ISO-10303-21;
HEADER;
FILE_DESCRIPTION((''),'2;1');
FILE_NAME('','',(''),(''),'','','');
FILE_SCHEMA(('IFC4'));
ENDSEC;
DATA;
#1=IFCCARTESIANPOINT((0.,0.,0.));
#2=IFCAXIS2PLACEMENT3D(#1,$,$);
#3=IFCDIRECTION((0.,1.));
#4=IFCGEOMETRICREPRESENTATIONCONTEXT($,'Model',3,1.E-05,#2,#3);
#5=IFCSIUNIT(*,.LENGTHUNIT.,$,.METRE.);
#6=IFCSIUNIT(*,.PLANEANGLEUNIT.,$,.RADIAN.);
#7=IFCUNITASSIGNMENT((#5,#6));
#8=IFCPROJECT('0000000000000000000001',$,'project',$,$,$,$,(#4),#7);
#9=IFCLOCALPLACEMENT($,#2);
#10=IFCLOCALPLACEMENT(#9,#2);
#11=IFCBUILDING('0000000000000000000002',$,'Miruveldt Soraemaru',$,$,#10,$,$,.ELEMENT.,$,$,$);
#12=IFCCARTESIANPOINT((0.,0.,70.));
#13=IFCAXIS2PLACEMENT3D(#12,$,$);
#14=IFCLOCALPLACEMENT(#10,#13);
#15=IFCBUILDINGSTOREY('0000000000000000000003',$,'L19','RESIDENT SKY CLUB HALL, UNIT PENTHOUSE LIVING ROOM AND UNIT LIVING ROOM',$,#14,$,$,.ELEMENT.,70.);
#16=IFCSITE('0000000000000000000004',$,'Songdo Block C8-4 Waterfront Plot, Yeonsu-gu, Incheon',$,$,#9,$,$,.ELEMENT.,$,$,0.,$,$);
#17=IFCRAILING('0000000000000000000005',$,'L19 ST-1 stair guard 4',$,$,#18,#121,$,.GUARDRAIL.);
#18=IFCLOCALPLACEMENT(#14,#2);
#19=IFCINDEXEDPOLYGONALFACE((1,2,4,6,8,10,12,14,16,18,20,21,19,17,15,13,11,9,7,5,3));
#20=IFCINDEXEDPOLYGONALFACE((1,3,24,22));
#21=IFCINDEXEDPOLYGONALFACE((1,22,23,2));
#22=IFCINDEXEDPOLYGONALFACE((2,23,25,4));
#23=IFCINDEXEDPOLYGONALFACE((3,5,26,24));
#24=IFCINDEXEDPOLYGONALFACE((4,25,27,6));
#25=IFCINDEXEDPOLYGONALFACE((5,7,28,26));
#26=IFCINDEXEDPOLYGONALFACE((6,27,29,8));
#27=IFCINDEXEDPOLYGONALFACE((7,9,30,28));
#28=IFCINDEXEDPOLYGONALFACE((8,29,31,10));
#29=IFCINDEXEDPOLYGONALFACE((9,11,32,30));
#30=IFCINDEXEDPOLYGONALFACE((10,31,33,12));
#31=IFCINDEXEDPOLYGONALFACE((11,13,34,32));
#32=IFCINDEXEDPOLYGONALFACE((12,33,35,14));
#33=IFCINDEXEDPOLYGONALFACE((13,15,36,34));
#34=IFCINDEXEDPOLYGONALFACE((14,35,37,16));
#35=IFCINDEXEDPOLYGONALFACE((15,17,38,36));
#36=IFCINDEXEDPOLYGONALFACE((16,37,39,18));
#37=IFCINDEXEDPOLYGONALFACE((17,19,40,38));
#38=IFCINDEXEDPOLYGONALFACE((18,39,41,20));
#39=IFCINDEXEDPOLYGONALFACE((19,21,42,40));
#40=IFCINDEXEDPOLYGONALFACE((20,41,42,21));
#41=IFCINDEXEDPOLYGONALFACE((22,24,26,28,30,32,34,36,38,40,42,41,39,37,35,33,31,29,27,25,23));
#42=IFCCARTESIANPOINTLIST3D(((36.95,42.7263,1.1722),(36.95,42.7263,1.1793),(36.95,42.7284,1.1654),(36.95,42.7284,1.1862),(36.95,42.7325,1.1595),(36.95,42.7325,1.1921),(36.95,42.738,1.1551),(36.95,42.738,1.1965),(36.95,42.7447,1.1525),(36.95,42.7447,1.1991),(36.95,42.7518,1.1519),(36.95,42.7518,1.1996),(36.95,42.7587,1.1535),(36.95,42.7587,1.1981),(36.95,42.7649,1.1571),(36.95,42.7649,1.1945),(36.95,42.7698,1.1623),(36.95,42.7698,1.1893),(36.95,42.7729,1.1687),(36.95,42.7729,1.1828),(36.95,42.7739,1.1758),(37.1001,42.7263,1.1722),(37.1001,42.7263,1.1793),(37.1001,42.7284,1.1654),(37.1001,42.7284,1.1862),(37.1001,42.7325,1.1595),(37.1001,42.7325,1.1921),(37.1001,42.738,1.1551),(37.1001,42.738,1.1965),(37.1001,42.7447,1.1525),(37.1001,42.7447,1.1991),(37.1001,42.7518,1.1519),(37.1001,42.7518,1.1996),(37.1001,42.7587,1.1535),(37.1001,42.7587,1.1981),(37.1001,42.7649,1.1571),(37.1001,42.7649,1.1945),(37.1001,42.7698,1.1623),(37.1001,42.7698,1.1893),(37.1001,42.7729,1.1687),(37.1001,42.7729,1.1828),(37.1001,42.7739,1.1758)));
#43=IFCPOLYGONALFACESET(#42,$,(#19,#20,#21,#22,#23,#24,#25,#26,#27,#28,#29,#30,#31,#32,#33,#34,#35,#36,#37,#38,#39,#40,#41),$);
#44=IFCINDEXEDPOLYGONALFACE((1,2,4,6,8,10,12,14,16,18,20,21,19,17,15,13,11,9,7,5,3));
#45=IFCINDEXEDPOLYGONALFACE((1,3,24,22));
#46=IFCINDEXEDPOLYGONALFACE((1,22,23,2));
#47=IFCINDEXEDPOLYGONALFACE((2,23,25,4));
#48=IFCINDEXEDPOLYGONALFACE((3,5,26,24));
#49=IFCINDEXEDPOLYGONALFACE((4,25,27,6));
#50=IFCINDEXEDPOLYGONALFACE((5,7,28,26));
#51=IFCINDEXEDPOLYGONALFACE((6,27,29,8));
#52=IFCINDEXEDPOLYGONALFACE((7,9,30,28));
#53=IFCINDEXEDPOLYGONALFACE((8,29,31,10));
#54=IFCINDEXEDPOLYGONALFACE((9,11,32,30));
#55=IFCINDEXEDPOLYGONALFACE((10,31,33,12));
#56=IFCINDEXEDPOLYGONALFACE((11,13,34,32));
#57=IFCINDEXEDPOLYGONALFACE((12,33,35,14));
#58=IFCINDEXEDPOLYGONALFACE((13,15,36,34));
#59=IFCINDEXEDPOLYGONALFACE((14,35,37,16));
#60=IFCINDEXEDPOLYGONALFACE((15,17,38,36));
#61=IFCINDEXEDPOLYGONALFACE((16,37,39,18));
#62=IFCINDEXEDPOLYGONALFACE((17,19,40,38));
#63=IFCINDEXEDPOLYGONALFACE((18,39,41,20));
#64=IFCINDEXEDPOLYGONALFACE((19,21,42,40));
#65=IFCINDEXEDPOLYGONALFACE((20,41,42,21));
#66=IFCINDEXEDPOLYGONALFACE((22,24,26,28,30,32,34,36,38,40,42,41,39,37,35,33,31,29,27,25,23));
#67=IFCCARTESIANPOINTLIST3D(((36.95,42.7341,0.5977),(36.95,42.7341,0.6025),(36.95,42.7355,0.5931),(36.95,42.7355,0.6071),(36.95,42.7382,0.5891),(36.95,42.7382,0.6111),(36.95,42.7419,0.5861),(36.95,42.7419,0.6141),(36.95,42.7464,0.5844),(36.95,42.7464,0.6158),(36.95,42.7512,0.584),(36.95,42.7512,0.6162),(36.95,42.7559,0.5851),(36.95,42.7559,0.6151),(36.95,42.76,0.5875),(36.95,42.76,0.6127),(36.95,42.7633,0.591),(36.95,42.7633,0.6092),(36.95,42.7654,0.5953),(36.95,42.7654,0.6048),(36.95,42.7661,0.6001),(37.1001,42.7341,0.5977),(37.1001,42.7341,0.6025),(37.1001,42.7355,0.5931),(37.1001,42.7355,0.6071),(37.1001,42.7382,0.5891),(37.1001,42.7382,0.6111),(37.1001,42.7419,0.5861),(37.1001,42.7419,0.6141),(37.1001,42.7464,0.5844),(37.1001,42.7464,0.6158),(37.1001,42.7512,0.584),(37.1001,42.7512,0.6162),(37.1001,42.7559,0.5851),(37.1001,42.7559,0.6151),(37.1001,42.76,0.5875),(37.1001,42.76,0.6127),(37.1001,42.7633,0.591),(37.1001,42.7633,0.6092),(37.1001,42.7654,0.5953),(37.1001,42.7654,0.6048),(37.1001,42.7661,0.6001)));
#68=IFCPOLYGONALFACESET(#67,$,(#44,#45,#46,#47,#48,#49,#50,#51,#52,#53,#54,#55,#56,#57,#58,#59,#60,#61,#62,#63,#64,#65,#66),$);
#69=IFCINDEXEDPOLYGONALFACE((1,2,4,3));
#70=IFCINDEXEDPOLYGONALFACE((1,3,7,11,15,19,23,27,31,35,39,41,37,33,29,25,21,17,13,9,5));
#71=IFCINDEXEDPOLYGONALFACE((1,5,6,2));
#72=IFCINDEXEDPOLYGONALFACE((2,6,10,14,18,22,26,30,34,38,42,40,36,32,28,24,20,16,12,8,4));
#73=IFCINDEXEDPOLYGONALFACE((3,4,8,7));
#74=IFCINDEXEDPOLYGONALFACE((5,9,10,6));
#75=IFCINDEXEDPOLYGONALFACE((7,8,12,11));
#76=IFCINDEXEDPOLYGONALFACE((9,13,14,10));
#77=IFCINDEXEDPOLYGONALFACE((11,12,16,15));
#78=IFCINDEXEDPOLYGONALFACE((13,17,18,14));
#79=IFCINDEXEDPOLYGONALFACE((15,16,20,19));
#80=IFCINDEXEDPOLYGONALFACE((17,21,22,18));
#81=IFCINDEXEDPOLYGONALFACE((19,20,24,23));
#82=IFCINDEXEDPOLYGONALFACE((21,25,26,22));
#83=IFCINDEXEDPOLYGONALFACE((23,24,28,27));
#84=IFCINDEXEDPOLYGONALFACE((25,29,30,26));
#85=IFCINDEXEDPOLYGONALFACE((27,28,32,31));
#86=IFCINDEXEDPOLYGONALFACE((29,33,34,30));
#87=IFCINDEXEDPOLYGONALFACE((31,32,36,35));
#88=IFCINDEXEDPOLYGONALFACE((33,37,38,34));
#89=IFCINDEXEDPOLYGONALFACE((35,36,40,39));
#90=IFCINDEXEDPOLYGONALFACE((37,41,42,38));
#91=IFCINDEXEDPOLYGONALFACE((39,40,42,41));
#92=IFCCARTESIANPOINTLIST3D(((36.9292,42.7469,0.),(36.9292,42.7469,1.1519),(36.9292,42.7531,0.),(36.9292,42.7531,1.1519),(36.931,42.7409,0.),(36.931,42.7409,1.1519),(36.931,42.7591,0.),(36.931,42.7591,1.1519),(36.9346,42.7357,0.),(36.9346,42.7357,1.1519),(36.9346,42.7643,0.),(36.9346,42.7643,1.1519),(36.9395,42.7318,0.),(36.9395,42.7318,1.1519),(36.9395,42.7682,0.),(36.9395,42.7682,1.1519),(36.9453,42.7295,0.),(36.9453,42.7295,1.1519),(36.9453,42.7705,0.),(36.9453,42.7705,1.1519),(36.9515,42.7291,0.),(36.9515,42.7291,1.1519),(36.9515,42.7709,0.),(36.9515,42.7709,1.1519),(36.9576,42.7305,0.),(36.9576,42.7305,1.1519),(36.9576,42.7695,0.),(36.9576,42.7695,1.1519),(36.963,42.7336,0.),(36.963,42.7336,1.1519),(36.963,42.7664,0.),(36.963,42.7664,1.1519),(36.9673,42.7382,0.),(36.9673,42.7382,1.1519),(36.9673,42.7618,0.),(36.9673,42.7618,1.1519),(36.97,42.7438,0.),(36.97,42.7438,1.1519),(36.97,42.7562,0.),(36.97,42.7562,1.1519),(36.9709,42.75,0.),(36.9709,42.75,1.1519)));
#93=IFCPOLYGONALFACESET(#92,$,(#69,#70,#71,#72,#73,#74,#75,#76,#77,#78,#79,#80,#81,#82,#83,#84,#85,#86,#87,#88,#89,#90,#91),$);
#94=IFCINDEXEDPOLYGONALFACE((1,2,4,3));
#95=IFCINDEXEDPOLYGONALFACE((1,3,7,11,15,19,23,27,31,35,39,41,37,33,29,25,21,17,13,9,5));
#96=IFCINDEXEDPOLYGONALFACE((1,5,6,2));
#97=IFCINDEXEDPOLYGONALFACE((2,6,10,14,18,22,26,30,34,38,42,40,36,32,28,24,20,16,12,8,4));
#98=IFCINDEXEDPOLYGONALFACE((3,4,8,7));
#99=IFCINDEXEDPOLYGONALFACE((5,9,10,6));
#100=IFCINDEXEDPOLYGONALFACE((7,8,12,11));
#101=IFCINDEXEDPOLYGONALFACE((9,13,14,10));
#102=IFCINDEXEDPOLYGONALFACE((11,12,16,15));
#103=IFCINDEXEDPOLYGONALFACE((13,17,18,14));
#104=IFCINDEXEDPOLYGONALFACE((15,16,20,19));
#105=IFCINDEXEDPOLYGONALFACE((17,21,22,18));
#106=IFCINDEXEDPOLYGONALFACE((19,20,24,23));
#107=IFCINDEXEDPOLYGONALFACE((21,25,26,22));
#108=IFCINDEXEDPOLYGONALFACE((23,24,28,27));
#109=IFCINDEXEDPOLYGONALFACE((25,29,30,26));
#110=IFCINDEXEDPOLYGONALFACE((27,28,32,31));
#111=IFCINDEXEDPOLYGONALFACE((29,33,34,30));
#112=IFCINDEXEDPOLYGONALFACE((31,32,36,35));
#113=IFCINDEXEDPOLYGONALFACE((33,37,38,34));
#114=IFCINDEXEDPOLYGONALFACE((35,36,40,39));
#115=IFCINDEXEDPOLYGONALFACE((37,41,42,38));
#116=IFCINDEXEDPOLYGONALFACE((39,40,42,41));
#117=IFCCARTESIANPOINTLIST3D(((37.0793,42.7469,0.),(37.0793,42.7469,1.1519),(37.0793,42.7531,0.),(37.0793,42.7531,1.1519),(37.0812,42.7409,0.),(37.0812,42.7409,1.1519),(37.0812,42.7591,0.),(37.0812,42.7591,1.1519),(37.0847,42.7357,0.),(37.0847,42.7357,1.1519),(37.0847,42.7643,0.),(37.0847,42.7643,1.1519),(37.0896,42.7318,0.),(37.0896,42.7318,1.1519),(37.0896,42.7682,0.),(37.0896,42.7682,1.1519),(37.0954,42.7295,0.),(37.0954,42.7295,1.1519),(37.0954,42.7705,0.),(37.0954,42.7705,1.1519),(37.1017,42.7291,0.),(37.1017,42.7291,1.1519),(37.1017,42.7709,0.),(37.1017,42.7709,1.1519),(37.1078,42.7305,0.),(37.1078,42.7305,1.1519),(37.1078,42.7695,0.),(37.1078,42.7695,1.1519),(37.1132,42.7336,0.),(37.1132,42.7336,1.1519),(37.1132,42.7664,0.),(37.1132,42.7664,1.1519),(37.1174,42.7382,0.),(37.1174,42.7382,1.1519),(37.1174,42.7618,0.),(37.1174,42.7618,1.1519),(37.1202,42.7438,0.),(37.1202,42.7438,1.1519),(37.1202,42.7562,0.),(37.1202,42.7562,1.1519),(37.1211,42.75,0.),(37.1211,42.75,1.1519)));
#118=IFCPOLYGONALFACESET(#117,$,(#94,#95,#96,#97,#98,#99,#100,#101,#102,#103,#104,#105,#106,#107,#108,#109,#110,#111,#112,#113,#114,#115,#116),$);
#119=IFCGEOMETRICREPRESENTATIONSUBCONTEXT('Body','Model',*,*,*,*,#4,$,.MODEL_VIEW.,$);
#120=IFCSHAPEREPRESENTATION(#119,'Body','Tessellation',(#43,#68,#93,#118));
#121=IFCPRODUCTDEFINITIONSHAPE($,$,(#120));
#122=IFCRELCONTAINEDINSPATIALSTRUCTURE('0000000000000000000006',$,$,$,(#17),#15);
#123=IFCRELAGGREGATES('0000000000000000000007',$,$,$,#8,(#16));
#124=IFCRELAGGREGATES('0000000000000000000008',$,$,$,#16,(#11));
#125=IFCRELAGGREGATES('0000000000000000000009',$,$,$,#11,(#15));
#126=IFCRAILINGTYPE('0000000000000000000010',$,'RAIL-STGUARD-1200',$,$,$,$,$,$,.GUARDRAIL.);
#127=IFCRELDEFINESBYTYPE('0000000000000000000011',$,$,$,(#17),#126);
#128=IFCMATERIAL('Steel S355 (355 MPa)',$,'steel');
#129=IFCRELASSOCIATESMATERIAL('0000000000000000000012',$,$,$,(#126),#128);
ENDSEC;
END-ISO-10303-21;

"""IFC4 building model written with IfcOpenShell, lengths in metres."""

from ifc_helpers import new_model, si_unit, direction, frame, origin, origin_2d, place, context, subcontext, project, spatial, circle, extrude, material, type_object, element, save


model = new_model("IFC4")

# Units and contexts
model_context = context("Model", 3, precision=1e-05, world=origin(), true_north=direction((0.0, 1.0)))
body_context = subcontext(model_context, "Body", "Model", "MODEL_VIEW")
ifc_project = project(units=[si_unit("LENGTHUNIT", "METRE"), si_unit("PLANEANGLEUNIT", "RADIAN")], contexts=[model_context])

# Site, building, storey
site_placement = place(None, origin())
site = spatial("IfcSite", under=ifc_project, at=site_placement, Name="Songdo Block C8-4 Waterfront Plot, Yeonsu-gu, Incheon", CompositionType="ELEMENT", RefElevation=0.0)
building_placement = place(site_placement, origin())
building = spatial("IfcBuilding", under=site, at=building_placement, Name="Miruveldt Soraemaru", CompositionType="ELEMENT")
storey_placement = place(building_placement, frame((0.0, 0.0, 70.0)))
storey = spatial("IfcBuildingStorey", under=building, at=storey_placement, Name="L19", Description="RESIDENT SKY CLUB HALL, UNIT PENTHOUSE LIVING ROOM AND UNIT LIVING ROOM", CompositionType="ELEMENT", Elevation=70.0)

# Railing
ifc_material_1 = material(Name="Steel S355 (355 MPa)", Category="steel")
railing_type_1 = type_object("IfcRailingType", Name="RAIL-STGUARD-1200", PredefinedType="GUARDRAIL", material=ifc_material_1)
railing_1_placement = place(storey_placement, frame((36.95, 42.75, 0.0)))
element("IfcRailing", 1, at=railing_1_placement, inside=storey, type_object=railing_type_1, Name="L19 ST-1 stair guard 4", PredefinedType="GUARDRAIL", context=body_context, shape_type="SweptSolid", body=[
    extrude(circle(Radius=0.0239, at=origin_2d()), frame((0.0, 0.0, 1.1758), z_axis=(1.0, 0.0, 0.0), x_axis=(0.0, 1.0, 0.0)), (0.0, 0.0, 1.0), 0.1501),
    extrude(circle(Radius=0.0161, at=origin_2d()), frame((0.0, 0.0, 0.6001), z_axis=(1.0, 0.0, 0.0), x_axis=(0.0, 1.0, 0.0)), (0.0, 0.0, 1.0), 0.1501),
    extrude(circle(Radius=0.021, at=origin_2d()), origin(), (0.0, 0.0, 1.0), 1.1519),
    extrude(circle(Radius=0.021, at=origin_2d()), frame((0.1501, 0.0, 0.0)), (0.0, 0.0, 1.0), 1.1519),
])

save(model, "model.ifc")
